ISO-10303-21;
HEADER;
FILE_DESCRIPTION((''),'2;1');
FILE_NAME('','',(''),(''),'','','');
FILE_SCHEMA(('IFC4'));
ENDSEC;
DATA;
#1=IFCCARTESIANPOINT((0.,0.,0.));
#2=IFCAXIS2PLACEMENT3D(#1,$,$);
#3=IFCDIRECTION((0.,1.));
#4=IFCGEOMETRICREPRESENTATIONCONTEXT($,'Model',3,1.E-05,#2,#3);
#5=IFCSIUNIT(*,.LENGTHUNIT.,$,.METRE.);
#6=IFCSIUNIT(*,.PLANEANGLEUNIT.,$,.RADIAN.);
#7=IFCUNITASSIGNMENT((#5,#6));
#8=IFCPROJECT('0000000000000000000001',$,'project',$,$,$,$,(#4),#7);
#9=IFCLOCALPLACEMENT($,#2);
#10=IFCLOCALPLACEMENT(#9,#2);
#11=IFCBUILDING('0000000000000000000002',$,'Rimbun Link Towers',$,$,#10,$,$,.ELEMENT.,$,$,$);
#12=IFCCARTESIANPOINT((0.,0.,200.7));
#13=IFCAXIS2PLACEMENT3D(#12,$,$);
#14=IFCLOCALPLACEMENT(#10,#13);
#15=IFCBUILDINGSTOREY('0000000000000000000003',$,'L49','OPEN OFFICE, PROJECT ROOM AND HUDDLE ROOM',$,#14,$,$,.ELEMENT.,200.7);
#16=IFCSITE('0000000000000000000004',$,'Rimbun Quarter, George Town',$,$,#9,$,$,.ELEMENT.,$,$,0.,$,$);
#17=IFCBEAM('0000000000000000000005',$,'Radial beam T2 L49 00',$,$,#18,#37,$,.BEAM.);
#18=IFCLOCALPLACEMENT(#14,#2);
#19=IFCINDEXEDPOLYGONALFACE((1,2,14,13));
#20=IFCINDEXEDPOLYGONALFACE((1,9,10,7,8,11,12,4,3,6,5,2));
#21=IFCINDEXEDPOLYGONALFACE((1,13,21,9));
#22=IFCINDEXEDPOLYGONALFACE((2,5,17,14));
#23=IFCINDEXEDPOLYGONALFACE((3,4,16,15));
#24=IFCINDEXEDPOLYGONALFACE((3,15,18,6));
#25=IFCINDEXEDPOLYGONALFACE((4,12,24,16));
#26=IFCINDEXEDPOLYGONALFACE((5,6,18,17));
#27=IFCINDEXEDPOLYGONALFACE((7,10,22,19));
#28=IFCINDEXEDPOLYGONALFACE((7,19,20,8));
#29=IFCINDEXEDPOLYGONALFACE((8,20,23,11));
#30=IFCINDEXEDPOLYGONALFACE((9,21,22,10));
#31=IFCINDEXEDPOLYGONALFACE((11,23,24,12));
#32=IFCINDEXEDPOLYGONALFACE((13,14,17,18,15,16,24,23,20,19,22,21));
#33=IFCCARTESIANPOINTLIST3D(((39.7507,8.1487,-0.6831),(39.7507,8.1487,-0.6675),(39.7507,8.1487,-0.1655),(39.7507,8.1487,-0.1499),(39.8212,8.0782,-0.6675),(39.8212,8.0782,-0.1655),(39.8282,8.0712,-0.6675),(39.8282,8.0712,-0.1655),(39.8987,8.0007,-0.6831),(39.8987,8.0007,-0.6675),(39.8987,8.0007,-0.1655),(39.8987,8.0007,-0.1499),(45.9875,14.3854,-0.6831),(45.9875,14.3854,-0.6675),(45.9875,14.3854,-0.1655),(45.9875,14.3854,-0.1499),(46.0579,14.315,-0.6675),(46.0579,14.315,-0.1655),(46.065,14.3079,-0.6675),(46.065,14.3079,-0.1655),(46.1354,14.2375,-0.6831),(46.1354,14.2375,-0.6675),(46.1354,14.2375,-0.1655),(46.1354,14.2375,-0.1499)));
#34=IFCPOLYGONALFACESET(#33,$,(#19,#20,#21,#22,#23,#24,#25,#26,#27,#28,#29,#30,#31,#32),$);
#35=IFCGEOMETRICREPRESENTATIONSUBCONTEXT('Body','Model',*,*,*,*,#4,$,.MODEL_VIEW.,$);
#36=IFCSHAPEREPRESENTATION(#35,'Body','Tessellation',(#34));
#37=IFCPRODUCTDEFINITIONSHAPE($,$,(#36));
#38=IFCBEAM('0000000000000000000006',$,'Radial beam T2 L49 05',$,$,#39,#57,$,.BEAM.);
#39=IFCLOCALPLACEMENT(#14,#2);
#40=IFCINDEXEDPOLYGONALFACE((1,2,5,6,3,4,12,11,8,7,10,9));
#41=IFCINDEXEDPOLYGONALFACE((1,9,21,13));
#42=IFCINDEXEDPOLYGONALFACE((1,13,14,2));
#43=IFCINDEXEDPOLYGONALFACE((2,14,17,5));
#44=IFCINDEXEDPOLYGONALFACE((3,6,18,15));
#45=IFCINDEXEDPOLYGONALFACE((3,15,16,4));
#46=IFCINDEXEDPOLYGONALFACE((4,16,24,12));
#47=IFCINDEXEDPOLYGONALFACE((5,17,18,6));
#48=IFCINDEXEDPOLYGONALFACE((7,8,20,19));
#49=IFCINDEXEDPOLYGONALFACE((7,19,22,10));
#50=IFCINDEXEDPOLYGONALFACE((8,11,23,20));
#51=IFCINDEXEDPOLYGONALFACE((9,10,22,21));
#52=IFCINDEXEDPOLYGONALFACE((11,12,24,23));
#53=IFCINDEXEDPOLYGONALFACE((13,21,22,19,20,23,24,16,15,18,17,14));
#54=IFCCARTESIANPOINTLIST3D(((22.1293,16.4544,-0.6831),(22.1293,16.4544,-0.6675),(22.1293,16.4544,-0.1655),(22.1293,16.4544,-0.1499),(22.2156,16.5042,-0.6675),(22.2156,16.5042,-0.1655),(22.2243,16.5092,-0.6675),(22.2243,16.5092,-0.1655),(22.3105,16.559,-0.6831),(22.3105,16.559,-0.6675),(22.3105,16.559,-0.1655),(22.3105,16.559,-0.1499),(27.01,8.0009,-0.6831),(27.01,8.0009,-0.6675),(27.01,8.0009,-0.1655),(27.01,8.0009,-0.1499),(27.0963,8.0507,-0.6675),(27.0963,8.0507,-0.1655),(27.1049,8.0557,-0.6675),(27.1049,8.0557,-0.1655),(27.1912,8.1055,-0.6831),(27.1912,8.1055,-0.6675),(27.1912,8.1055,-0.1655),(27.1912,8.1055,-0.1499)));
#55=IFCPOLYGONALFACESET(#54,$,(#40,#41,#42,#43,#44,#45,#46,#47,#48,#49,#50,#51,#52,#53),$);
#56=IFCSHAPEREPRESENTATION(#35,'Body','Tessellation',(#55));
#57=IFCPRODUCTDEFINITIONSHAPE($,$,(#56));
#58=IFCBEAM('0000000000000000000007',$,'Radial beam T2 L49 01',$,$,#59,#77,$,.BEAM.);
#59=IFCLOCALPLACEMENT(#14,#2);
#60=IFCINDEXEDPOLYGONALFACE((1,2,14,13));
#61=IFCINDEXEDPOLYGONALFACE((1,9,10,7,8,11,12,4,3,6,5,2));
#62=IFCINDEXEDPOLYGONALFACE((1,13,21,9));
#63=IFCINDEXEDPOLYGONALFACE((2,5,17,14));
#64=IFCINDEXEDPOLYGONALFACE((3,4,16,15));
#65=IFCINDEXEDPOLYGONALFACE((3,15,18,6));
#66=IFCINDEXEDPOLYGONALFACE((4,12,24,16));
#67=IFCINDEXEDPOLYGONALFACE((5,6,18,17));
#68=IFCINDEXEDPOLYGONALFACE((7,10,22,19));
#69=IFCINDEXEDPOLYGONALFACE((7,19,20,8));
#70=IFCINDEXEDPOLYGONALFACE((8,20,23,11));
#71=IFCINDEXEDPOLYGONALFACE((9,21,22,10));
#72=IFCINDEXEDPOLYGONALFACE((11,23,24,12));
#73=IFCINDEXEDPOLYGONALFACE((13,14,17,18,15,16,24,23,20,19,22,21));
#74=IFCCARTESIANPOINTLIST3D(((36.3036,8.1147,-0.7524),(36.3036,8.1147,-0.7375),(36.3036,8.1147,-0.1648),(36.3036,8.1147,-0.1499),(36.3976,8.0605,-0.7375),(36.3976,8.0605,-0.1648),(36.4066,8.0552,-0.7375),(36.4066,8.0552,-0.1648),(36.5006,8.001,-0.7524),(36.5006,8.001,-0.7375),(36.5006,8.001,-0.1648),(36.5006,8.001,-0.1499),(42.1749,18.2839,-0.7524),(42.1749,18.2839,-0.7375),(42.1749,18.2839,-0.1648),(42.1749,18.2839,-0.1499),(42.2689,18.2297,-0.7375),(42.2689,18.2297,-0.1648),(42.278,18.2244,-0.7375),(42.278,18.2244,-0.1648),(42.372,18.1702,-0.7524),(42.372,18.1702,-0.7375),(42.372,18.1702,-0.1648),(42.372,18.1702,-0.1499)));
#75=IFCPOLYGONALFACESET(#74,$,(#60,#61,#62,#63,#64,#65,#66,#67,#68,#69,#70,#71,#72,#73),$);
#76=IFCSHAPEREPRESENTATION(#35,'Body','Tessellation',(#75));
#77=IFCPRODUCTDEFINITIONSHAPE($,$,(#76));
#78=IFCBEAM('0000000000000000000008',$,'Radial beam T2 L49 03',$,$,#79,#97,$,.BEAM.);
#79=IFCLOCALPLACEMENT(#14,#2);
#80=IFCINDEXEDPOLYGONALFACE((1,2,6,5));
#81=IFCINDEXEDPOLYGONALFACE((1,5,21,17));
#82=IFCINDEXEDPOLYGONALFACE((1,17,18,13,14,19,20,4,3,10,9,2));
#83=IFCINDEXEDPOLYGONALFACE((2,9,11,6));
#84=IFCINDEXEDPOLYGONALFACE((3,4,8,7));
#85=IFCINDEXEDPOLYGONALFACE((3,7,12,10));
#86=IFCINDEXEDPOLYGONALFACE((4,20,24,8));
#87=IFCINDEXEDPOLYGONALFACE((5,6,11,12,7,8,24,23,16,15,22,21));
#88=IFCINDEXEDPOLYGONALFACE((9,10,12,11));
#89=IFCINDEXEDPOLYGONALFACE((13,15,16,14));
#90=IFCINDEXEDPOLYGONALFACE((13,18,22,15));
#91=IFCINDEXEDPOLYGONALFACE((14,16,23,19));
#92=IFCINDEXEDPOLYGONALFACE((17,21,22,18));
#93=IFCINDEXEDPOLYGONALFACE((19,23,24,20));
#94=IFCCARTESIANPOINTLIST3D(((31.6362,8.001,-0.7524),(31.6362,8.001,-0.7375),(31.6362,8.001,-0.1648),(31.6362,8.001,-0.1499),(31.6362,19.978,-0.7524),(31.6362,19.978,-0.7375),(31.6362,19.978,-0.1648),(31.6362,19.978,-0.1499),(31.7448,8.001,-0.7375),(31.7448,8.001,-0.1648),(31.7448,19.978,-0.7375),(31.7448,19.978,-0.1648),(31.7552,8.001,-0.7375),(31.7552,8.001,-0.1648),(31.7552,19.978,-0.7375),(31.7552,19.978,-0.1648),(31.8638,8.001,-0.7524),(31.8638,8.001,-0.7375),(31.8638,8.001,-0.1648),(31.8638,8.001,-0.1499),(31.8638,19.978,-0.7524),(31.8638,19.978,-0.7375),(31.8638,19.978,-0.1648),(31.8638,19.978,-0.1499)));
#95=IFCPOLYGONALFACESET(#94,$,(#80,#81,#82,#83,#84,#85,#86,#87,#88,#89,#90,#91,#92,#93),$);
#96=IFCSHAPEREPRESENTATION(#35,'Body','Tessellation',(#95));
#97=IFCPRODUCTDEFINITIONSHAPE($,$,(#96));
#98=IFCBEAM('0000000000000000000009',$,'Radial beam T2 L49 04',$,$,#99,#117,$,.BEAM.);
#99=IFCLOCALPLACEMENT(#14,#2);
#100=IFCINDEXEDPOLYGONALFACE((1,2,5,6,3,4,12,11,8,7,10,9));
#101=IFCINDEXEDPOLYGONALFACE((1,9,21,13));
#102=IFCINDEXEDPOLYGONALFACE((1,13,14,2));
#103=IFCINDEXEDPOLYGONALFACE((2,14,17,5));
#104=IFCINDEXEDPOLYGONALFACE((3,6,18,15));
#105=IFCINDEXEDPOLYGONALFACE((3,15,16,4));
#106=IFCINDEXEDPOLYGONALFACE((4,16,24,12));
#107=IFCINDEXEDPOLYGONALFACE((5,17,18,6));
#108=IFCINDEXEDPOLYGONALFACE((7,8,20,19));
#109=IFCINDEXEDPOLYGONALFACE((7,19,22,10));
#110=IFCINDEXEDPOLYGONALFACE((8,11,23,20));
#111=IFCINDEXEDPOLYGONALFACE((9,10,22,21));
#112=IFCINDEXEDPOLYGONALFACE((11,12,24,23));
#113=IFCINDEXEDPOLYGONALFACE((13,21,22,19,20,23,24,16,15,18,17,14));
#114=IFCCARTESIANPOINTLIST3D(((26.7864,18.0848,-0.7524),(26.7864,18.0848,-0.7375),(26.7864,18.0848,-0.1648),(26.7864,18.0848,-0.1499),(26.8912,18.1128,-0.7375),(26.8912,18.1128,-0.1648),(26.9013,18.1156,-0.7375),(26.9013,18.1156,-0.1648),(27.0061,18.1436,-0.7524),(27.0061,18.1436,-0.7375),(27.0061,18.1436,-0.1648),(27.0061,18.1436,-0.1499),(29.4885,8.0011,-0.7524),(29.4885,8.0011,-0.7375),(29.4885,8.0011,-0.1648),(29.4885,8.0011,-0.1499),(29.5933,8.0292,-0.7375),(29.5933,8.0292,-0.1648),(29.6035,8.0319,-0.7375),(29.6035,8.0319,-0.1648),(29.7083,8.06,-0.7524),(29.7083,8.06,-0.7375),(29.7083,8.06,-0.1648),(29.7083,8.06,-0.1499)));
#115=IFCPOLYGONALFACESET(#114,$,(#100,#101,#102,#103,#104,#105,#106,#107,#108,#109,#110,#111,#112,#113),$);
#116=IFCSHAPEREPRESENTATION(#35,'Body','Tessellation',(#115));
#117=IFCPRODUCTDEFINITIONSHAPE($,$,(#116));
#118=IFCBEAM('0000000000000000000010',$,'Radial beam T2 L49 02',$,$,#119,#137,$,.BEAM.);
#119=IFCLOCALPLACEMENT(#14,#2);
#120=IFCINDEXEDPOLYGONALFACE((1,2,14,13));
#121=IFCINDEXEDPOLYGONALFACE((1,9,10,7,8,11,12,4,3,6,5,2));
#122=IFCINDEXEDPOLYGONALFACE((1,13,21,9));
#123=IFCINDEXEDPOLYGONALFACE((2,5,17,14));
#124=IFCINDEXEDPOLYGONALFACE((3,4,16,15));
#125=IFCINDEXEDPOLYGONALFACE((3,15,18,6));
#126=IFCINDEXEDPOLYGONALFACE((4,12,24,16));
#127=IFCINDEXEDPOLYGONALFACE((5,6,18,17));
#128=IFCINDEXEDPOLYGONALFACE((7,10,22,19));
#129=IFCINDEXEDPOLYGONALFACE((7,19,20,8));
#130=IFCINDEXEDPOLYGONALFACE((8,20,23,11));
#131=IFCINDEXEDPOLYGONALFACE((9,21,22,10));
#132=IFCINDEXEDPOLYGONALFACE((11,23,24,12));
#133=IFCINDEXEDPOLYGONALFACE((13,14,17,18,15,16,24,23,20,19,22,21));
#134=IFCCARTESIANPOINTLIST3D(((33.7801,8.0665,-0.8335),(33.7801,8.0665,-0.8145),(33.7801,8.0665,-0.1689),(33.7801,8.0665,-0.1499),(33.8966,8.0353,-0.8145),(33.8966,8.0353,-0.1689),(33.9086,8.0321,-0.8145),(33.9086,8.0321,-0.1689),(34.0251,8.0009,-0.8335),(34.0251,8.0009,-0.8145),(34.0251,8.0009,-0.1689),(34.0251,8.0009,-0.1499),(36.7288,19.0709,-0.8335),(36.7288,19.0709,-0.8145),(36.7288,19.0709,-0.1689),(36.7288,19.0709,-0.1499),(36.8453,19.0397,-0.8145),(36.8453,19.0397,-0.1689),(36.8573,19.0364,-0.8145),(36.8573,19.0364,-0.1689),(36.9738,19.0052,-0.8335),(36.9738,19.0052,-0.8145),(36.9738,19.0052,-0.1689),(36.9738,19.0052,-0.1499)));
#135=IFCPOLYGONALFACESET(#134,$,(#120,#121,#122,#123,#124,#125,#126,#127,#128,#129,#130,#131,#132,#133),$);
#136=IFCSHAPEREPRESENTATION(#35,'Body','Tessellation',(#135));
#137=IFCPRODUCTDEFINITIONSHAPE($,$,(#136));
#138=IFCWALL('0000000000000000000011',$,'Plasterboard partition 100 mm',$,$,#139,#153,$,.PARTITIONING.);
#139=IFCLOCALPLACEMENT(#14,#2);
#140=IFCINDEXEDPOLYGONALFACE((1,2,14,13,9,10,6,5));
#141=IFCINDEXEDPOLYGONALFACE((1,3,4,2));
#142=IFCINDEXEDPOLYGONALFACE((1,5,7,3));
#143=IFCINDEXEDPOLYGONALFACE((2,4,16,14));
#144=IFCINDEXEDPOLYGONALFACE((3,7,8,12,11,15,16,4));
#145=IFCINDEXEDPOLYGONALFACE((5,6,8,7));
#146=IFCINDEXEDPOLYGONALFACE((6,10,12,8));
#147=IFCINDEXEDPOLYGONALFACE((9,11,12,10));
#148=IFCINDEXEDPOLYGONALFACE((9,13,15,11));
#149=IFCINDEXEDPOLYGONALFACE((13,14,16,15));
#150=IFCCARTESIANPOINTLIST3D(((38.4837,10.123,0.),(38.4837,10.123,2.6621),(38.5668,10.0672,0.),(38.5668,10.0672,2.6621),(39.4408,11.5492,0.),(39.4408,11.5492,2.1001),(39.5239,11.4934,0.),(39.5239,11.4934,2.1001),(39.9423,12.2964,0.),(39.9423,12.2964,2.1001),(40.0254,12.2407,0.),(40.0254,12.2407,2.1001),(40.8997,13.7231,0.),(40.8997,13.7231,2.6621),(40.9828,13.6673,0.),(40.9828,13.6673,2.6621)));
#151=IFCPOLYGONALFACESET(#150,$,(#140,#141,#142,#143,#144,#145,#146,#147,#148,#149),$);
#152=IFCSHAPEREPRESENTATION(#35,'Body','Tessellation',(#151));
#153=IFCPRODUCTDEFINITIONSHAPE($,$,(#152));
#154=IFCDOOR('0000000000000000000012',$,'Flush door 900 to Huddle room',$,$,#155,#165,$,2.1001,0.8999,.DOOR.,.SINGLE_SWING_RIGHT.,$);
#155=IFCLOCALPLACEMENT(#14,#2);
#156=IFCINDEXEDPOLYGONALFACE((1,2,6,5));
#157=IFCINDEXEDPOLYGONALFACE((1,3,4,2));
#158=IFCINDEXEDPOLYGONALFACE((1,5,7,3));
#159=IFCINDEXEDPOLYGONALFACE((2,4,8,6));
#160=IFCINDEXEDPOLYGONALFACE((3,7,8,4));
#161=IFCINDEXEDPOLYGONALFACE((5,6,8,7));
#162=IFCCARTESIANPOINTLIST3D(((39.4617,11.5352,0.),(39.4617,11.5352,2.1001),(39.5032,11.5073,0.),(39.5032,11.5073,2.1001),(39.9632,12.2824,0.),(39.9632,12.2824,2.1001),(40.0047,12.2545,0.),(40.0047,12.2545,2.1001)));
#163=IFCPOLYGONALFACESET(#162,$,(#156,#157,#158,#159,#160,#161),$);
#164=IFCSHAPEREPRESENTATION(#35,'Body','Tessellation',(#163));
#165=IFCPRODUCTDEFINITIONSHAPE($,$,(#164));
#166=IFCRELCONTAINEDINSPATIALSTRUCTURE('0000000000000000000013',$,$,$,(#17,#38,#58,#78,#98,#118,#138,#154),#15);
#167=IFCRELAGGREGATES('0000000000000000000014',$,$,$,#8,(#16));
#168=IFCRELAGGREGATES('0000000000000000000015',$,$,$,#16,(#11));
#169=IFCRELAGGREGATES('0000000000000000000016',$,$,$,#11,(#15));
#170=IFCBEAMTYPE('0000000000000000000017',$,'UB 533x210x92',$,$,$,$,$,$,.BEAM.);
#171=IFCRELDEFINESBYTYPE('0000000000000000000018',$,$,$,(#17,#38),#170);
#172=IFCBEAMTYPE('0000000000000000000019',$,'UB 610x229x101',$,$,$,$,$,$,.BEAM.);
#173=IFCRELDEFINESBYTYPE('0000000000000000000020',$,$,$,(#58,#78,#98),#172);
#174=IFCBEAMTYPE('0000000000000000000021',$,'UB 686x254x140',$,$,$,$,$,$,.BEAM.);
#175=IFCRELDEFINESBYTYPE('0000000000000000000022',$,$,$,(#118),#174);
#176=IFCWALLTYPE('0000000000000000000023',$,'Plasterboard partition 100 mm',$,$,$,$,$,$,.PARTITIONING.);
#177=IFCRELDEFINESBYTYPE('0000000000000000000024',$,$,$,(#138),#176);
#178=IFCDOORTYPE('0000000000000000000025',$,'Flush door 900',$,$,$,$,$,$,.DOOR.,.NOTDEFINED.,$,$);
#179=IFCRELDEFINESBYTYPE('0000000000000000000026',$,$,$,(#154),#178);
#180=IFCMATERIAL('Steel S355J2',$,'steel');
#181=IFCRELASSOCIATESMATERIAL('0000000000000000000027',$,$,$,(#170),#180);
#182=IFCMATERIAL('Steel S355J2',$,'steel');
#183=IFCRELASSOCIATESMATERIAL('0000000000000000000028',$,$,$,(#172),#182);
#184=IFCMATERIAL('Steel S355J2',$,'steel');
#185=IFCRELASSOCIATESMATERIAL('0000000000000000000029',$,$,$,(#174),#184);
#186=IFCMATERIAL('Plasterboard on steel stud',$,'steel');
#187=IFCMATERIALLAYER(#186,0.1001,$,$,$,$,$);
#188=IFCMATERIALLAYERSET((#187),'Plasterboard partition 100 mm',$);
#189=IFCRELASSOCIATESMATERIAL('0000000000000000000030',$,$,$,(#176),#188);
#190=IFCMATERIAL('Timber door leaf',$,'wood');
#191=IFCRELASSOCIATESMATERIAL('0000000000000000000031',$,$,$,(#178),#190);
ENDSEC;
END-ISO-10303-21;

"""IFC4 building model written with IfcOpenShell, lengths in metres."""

from ifc_helpers import new_model, si_unit, direction, frame, frame_2d, origin, origin_2d, place, context, subcontext, project, spatial, rectangle, i_section, extrude, material, layer, layer_set, material_profile, profile_set, type_object, element, fill, save


model = new_model("IFC4")

# Units and contexts
model_context = context("Model", 3, precision=1e-05, world=origin(), true_north=direction((0.0, 1.0)))
body_context = subcontext(model_context, "Body", "Model", "MODEL_VIEW")
ifc_project = project(units=[si_unit("LENGTHUNIT", "METRE"), si_unit("PLANEANGLEUNIT", "RADIAN")], contexts=[model_context])

# Site, building, storey
site_placement = place(None, origin())
site = spatial("IfcSite", under=ifc_project, at=site_placement, Name="Rimbun Quarter, George Town", CompositionType="ELEMENT", RefElevation=0.0)
building_placement = place(site_placement, origin())
building = spatial("IfcBuilding", under=site, at=building_placement, Name="Rimbun Link Towers", CompositionType="ELEMENT")
storey_placement = place(building_placement, frame((0.0, 0.0, 200.7)))
storey = spatial("IfcBuildingStorey", under=building, at=storey_placement, Name="L49", Description="OPEN OFFICE, PROJECT ROOM AND HUDDLE ROOM", CompositionType="ELEMENT", Elevation=200.7)

# Beams
ifc_material_1 = material(Name="Steel S355J2", Category="steel")
ifc_material_profile_1 = material_profile(ifc_material_1, i_section(OverallWidth=0.2092, OverallDepth=0.5332, WebThickness=0.01, FlangeThickness=0.0156, at=origin_2d()), Name="UB 533x210x92")
ifc_profile_set_1 = profile_set([ifc_material_profile_1], Name="Steel S355J2")
beam_type_1 = type_object("IfcBeamType", Name="UB 533x210x92", PredefinedType="BEAM", material=ifc_profile_set_1)
beam_1_placement = place(storey_placement, frame((39.8247, 8.0747, -0.4165), z_axis=(0.707107, 0.707107, 0.0), x_axis=(-0.707107, 0.707107, 0.0)))
element("IfcBeam", 1, at=beam_1_placement, inside=storey, type_object=beam_type_1, Name="Radial beam T2 L49 00", PredefinedType="BEAM", context=body_context, shape_type="SweptSolid", body=[
    extrude(i_section(OverallWidth=0.2092, OverallDepth=0.5332, WebThickness=0.01, FlangeThickness=0.0156, at=origin_2d()), origin(), (0.0, 0.0, 1.0), 8.8201),
])
beam_2_placement = place(storey_placement, frame((27.1006, 8.0532, -0.4165), z_axis=(-0.500005, 0.866023, 0.0), x_axis=(-0.866023, -0.500005, 0.0)))
element("IfcBeam", 2, at=beam_2_placement, inside=storey, type_object=beam_type_1, Name="Radial beam T2 L49 05", PredefinedType="BEAM", context=body_context, shape_type="SweptSolid", body=[
    extrude(i_section(OverallWidth=0.2092, OverallDepth=0.5332, WebThickness=0.01, FlangeThickness=0.0156, at=origin_2d()), origin(), (0.0, 0.0, 1.0), 9.7612),
])
ifc_material_2 = material(Name="Steel S355J2", Category="steel")
ifc_material_profile_2 = material_profile(ifc_material_2, i_section(OverallWidth=0.2275, OverallDepth=0.6025, WebThickness=0.0105, FlangeThickness=0.0149, at=origin_2d()), Name="UB 610x229x101")
ifc_profile_set_2 = profile_set([ifc_material_profile_2], Name="Steel S355J2")
beam_type_2 = type_object("IfcBeamType", Name="UB 610x229x101", PredefinedType="BEAM", material=ifc_profile_set_2)
beam_3_placement = place(storey_placement, frame((36.4021, 8.0579, -0.4512), z_axis=(0.50001, 0.86602, 0.0), x_axis=(-0.86602, 0.50001, 0.0)))
element("IfcBeam", 3, at=beam_3_placement, inside=storey, type_object=beam_type_2, Name="Radial beam T2 L49 01", PredefinedType="BEAM", context=body_context, shape_type="SweptSolid", body=[
    extrude(i_section(OverallWidth=0.2275, OverallDepth=0.6025, WebThickness=0.0105, FlangeThickness=0.0149, at=origin_2d()), origin(), (0.0, 0.0, 1.0), 11.7424),
])
beam_4_placement = place(storey_placement, frame((31.75, 8.001, -0.4512), z_axis=(0.0, 1.0, 0.0), x_axis=(-1.0, 0.0, 0.0)))
element("IfcBeam", 4, at=beam_4_placement, inside=storey, type_object=beam_type_2, Name="Radial beam T2 L49 03", PredefinedType="BEAM", context=body_context, shape_type="SweptSolid", body=[
    extrude(i_section(OverallWidth=0.2275, OverallDepth=0.6025, WebThickness=0.0105, FlangeThickness=0.0149, at=origin_2d()), origin(), (0.0, 0.0, 1.0), 11.9771),
])
beam_5_placement = place(storey_placement, frame((29.5984, 8.0305, -0.4512), z_axis=(-0.258839, 0.965921, 0.0), x_axis=(-0.965921, -0.258839, 0.0)))
element("IfcBeam", 5, at=beam_5_placement, inside=storey, type_object=beam_type_2, Name="Radial beam T2 L49 04", PredefinedType="BEAM", context=body_context, shape_type="SweptSolid", body=[
    extrude(i_section(OverallWidth=0.2275, OverallDepth=0.6025, WebThickness=0.0105, FlangeThickness=0.0149, at=origin_2d()), origin(), (0.0, 0.0, 1.0), 10.4395),
])
ifc_material_3 = material(Name="Steel S355J2", Category="steel")
ifc_material_profile_3 = material_profile(ifc_material_3, i_section(OverallWidth=0.2537, OverallDepth=0.6836, WebThickness=0.0125, FlangeThickness=0.019, at=origin_2d()), Name="UB 686x254x140")
ifc_profile_set_3 = profile_set([ifc_material_profile_3], Name="Steel S355J2")
beam_type_3 = type_object("IfcBeamType", Name="UB 686x254x140", PredefinedType="BEAM", material=ifc_profile_set_3)
beam_6_placement = place(storey_placement, frame((33.9026, 8.0337, -0.4917), z_axis=(0.258828, 0.965923, 0.0), x_axis=(-0.965923, 0.258828, 0.0)))
element("IfcBeam", 6, at=beam_6_placement, inside=storey, type_object=beam_type_3, Name="Radial beam T2 L49 02", PredefinedType="BEAM", context=body_context, shape_type="SweptSolid", body=[
    extrude(i_section(OverallWidth=0.2537, OverallDepth=0.6836, WebThickness=0.0125, FlangeThickness=0.019, at=origin_2d()), origin(), (0.0, 0.0, 1.0), 11.3926),
])

# Wall, opening, door
ifc_material_4 = material(Name="Plasterboard on steel stud", Category="steel")
ifc_layer_1 = layer(ifc_material_4, 0.1001)
ifc_layer_set_1 = layer_set([ifc_layer_1], Name="Plasterboard partition 100 mm")
wall_type_1 = type_object("IfcWallType", Name="Plasterboard partition 100 mm", PredefinedType="PARTITIONING", material=ifc_layer_set_1)
wall_1_placement = place(storey_placement, frame((38.5251, 10.095, 0.0), z_axis=(0.0, 0.0, 1.0), x_axis=(0.557245, 0.830348, 0.0)))
wall_1 = element("IfcWall", 7, at=wall_1_placement, inside=storey, type_object=wall_type_1, Name="Plasterboard partition 100 mm", PredefinedType="PARTITIONING", context=body_context, shape_type="SweptSolid", body=[
    extrude(rectangle(XDim=4.3357, YDim=0.1001, at=frame_2d((2.168, 0.0))), origin(), (0.0, 0.0, 1.0), 2.6621),
])
opening_1_placement = place(wall_1_placement, frame((1.7178, 0.0, 0.0)))
opening_1 = element("IfcOpeningElement", 8, at=opening_1_placement, cuts=wall_1, PredefinedType="OPENING", context=body_context, shape_type="SweptSolid", body=[
    extrude(rectangle(XDim=0.8999, YDim=2.1001, at=frame_2d((0.45, 1.05))), frame((0.0, 0.0601, 0.0), z_axis=(0.0, -1.0, 0.0), x_axis=(1.0, 0.0, 0.0)), (0.0, 0.0, 1.0), 0.1201),
])
ifc_material_5 = material(Name="Timber door leaf", Category="wood")
door_type_1 = type_object("IfcDoorType", Name="Flush door 900", OperationType="NOTDEFINED", PredefinedType="DOOR", material=ifc_material_5)
door_1_placement = place(opening_1_placement, origin())
door_1 = element("IfcDoor", 9, at=door_1_placement, inside=storey, type_object=door_type_1, Name="Flush door 900 to Huddle room", OperationType="SINGLE_SWING_RIGHT", OverallHeight=2.1001, OverallWidth=0.8999, PredefinedType="DOOR", context=body_context, shape_type="SweptSolid", body=[
    extrude(rectangle(XDim=0.8999, YDim=2.1001, at=frame_2d((0.45, 1.05))), frame((0.0, 0.0249, 0.0), z_axis=(0.0, -1.0, 0.0), x_axis=(1.0, 0.0, 0.0)), (0.0, 0.0, 1.0), 0.05),
])
fill(opening_1, door_1)

save(model, "model.ifc")
